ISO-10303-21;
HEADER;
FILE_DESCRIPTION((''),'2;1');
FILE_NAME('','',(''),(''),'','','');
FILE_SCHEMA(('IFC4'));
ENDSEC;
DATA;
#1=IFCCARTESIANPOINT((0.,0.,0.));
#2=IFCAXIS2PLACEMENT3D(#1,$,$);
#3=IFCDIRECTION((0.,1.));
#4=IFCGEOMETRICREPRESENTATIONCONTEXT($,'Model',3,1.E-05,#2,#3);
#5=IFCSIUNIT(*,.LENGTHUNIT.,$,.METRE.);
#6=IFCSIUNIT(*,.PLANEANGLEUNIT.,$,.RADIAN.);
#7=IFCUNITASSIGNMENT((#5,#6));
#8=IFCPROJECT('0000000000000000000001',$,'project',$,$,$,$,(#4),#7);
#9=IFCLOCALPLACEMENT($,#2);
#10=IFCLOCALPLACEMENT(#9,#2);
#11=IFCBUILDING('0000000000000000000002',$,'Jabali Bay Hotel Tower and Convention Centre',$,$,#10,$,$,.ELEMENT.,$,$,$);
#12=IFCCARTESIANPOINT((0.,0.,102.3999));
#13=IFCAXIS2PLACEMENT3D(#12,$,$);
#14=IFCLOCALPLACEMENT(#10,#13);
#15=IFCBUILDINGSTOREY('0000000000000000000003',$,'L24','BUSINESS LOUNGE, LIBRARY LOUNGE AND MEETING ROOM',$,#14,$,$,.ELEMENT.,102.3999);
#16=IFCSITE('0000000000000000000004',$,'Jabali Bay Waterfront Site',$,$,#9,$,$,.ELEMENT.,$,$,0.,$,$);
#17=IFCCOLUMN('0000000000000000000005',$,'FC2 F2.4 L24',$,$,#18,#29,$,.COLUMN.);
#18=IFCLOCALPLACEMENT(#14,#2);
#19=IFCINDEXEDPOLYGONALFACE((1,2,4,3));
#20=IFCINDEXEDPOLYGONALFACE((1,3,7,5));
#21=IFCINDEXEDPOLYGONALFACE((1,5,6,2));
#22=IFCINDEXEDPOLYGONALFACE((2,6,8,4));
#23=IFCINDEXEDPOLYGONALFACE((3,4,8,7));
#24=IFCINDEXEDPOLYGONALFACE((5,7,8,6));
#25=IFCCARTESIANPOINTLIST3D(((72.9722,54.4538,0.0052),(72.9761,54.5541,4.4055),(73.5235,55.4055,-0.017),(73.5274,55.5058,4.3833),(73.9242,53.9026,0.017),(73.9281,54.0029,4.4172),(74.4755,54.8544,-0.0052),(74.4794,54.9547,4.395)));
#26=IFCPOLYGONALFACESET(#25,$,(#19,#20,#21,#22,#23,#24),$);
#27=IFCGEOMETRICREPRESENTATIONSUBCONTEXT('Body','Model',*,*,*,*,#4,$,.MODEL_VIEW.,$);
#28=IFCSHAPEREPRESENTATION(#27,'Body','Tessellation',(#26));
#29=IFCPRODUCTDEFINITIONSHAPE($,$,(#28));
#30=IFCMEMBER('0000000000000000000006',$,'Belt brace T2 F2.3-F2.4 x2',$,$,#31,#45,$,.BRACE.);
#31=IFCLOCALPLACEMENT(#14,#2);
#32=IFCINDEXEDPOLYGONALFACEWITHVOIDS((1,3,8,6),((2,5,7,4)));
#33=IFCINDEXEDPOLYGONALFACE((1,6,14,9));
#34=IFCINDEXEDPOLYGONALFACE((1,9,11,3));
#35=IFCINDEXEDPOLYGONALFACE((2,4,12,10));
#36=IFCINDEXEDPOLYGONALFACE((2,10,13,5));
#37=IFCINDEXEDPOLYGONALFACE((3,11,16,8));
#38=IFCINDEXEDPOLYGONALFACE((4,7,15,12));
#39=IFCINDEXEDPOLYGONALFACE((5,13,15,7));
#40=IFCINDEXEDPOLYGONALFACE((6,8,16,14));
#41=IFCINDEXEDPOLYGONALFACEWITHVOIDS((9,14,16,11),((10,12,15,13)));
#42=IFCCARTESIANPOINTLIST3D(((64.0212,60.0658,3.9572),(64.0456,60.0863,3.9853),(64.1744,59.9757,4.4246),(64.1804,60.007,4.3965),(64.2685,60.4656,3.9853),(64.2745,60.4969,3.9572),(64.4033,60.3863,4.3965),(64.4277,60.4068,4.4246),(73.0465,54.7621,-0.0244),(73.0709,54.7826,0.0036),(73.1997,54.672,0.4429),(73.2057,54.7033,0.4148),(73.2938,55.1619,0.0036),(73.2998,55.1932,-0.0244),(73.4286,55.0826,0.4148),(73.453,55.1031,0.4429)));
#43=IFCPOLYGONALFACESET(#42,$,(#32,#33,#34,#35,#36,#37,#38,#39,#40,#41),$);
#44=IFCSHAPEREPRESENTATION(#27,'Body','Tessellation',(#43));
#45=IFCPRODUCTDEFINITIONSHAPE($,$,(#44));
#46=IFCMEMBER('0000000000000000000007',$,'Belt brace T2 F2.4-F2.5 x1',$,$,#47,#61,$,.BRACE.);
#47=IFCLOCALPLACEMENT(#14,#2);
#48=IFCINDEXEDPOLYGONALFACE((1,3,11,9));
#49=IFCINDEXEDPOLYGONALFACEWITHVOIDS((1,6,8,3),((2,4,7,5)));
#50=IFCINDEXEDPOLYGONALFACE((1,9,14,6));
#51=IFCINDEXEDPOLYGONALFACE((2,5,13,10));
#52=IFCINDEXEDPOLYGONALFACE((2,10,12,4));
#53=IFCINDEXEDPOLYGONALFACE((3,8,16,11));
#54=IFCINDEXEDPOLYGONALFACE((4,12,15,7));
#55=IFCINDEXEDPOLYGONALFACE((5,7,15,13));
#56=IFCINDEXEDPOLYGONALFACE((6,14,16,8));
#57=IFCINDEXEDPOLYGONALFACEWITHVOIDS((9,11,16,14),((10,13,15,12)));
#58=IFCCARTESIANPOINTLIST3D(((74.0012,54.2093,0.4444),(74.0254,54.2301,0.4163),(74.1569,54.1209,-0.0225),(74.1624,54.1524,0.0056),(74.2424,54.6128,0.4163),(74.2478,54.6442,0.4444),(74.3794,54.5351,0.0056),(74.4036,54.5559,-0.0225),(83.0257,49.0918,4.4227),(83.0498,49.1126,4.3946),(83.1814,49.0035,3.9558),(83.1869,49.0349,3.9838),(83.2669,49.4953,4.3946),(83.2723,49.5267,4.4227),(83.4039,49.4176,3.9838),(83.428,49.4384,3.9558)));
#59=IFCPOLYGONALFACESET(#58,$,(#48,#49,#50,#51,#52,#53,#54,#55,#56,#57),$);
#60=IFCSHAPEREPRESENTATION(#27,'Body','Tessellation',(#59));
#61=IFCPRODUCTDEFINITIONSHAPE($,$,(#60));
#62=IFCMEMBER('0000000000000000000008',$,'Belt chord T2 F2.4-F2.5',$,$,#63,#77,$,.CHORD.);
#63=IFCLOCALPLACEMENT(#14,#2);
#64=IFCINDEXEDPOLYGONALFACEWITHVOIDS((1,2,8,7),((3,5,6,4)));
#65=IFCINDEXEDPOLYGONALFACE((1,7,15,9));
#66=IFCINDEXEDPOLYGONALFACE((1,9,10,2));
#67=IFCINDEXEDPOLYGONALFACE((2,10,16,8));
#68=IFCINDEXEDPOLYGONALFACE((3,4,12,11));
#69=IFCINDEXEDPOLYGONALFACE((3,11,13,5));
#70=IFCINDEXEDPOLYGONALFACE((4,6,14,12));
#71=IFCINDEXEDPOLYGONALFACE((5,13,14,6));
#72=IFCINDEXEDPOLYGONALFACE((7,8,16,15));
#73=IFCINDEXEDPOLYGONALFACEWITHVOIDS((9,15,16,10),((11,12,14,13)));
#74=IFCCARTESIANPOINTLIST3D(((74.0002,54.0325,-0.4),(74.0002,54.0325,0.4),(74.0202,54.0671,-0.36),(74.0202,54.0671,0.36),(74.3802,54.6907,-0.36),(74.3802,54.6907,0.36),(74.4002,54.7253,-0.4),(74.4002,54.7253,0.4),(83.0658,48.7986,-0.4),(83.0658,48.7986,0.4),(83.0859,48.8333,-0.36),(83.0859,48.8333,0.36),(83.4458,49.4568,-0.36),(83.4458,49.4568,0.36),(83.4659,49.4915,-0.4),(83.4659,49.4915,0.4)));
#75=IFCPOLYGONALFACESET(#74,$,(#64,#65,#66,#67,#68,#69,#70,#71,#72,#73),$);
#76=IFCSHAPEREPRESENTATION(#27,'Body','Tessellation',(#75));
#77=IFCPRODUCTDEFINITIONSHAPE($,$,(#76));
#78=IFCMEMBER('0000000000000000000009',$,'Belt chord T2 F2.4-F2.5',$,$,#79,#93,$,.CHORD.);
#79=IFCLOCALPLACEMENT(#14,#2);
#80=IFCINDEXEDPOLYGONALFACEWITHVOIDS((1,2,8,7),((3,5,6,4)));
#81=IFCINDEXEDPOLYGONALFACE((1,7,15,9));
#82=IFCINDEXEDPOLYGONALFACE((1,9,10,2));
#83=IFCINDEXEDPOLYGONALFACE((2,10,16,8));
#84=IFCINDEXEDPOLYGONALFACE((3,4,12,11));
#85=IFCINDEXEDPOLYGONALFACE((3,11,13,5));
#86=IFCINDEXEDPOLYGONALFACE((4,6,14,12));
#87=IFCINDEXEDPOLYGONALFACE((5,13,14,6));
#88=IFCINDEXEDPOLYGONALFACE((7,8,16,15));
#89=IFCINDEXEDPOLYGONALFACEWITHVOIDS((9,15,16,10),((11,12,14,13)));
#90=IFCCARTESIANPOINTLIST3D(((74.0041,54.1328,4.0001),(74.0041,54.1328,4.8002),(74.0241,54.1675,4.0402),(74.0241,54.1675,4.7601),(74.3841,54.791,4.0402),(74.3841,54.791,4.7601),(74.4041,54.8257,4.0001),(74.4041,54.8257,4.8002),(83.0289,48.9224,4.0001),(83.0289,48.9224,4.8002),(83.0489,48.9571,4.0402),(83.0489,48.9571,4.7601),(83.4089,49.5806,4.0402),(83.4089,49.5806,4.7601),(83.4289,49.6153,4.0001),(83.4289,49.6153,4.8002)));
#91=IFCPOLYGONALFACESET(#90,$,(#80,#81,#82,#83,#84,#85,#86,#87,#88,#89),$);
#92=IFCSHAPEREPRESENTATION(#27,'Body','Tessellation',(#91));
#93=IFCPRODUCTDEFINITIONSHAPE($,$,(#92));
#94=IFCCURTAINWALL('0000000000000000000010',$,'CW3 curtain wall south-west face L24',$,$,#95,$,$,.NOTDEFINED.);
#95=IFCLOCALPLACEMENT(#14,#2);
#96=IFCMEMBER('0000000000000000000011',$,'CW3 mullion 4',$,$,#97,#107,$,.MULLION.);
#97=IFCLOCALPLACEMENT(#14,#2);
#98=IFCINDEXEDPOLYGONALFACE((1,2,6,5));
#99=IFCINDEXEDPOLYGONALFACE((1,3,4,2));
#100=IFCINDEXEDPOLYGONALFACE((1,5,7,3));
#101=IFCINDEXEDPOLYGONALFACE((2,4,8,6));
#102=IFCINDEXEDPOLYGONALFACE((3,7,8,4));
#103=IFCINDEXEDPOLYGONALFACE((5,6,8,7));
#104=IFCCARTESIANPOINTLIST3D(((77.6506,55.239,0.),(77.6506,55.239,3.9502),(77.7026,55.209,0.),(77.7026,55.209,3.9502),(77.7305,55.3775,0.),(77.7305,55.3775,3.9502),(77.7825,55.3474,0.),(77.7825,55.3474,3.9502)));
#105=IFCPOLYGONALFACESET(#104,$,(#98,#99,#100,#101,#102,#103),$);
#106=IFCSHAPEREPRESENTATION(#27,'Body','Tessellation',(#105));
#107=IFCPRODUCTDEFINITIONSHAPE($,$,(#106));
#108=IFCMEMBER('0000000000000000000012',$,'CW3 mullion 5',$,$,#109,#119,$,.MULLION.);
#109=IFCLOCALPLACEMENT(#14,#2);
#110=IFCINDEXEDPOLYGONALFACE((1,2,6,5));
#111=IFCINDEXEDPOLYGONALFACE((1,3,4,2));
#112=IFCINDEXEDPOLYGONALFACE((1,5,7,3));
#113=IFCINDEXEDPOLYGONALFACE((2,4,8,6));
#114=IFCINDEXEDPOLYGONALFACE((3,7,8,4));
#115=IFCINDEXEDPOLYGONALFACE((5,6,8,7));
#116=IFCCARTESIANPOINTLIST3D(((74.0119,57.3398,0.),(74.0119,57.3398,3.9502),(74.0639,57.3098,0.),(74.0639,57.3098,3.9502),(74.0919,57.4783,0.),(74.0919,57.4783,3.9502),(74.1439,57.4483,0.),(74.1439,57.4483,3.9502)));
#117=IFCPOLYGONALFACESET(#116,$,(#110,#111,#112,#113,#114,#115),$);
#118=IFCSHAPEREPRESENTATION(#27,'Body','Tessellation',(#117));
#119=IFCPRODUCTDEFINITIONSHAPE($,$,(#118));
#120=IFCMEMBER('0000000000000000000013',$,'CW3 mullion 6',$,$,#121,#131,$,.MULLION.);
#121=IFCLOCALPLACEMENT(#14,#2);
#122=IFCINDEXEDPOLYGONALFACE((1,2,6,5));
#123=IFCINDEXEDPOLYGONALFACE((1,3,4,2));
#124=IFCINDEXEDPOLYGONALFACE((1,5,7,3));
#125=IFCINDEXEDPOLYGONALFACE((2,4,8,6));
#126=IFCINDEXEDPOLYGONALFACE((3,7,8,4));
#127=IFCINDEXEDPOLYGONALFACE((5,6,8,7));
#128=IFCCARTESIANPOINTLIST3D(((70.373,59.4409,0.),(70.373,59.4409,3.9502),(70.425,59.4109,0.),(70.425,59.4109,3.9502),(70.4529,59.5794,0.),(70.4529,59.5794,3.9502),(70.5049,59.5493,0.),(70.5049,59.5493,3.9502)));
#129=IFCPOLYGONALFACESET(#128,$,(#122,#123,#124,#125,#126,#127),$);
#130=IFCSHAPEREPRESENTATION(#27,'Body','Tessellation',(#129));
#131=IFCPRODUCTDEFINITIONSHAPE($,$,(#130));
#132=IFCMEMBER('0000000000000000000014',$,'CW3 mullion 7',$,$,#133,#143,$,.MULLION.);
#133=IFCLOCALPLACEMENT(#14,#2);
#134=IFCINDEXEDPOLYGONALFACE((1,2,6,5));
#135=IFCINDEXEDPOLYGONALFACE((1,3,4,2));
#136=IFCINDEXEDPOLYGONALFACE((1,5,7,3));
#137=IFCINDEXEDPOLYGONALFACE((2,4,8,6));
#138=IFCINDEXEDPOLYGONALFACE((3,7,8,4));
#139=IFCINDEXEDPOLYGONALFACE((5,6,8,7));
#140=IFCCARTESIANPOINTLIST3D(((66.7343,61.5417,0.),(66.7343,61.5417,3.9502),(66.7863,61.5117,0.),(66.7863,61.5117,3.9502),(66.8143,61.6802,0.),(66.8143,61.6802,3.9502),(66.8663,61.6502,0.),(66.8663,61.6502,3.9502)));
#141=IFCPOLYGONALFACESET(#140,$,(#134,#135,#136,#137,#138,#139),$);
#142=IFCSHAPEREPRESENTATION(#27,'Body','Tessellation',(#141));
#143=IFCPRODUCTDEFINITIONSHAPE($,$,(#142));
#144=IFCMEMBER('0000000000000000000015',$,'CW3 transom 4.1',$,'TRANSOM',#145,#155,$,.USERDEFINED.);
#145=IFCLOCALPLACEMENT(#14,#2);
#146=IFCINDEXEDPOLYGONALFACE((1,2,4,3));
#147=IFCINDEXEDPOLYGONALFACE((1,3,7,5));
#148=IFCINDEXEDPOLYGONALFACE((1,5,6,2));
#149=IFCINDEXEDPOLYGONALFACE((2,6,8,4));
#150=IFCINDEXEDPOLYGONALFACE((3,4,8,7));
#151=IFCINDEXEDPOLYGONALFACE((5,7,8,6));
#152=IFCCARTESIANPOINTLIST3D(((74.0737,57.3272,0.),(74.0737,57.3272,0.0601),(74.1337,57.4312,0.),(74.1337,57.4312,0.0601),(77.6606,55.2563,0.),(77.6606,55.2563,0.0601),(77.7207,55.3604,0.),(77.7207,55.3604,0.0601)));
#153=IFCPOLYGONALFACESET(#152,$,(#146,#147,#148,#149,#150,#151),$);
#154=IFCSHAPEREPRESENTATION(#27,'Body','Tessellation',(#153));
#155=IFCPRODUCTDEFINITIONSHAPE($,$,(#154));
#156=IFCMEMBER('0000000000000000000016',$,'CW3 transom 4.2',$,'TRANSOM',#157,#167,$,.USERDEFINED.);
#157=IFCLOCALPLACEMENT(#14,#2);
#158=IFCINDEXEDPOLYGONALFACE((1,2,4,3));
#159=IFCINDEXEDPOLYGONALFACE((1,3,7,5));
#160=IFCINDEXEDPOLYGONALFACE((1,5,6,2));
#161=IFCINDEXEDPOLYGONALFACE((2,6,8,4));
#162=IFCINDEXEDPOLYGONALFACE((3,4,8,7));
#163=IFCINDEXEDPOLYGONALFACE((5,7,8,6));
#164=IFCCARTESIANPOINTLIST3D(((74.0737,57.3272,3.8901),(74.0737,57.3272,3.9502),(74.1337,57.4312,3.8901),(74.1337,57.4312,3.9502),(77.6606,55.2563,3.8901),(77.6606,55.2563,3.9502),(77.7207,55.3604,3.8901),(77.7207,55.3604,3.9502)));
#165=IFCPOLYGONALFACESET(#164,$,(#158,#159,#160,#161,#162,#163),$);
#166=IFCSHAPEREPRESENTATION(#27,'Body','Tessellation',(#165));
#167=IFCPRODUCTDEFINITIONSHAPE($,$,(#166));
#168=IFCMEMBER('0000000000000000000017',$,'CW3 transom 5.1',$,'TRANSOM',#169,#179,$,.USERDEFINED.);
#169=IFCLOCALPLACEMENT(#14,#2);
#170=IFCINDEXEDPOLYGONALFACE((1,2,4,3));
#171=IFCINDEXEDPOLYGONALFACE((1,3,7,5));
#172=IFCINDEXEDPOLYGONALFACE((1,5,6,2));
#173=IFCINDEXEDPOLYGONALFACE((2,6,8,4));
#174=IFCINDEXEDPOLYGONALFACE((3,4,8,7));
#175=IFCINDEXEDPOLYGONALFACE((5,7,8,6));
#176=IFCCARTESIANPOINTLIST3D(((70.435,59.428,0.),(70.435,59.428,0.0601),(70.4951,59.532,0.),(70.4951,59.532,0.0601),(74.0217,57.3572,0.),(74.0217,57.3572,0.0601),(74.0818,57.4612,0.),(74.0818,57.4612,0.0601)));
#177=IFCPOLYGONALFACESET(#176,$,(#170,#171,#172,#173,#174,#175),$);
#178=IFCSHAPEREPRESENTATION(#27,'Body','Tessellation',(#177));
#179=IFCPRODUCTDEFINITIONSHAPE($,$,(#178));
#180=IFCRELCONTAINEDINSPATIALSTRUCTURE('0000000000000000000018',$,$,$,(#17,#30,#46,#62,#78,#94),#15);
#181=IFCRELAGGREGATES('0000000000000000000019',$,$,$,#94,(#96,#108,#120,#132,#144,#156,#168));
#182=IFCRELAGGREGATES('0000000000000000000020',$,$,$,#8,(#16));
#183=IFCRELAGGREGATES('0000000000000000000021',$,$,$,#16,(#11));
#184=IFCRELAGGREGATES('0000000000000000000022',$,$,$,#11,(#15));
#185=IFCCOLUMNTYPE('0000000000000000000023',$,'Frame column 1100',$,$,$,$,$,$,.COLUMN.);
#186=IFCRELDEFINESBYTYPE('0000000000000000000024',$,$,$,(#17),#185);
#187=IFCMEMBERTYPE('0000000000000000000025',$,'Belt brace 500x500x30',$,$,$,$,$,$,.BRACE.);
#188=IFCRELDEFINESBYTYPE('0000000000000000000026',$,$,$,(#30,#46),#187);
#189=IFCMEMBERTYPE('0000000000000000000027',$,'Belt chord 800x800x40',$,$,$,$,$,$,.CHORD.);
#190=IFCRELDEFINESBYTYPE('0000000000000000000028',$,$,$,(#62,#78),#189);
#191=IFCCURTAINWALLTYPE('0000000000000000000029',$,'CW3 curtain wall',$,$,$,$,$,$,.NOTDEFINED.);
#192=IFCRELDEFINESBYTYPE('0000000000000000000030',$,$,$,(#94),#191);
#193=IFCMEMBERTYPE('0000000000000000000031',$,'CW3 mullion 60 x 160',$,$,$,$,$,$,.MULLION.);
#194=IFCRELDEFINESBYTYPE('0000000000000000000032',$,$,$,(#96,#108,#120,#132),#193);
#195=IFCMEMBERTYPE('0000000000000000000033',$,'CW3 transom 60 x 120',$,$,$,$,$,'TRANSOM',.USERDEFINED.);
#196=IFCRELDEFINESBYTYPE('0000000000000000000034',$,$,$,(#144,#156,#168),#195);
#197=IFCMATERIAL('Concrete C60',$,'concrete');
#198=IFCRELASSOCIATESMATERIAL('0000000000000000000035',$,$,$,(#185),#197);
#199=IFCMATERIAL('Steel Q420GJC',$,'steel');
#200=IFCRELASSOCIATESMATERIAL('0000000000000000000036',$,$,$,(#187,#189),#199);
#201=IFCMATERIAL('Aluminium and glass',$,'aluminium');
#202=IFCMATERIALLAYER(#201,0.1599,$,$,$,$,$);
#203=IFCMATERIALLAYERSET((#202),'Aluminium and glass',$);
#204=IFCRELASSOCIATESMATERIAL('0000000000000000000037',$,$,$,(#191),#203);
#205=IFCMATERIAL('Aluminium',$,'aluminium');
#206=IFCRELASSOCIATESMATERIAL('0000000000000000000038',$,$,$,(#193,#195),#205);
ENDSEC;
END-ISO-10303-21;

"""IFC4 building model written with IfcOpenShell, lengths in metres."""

from ifc_helpers import new_model, si_unit, direction, frame, origin, origin_2d, place, context, subcontext, project, spatial, rectangle, hollow_rectangle, extrude, material, layer, layer_set, material_profile, profile_set, type_object, element, aggregate, save


model = new_model("IFC4")

# Units and contexts
model_context = context("Model", 3, precision=1e-05, world=origin(), true_north=direction((0.0, 1.0)))
body_context = subcontext(model_context, "Body", "Model", "MODEL_VIEW")
ifc_project = project(units=[si_unit("LENGTHUNIT", "METRE"), si_unit("PLANEANGLEUNIT", "RADIAN")], contexts=[model_context])

# Site, building, storey
site_placement = place(None, origin())
site = spatial("IfcSite", under=ifc_project, at=site_placement, Name="Jabali Bay Waterfront Site", CompositionType="ELEMENT", RefElevation=0.0)
building_placement = place(site_placement, origin())
building = spatial("IfcBuilding", under=site, at=building_placement, Name="Jabali Bay Hotel Tower and Convention Centre", CompositionType="ELEMENT")
storey_placement = place(building_placement, frame((0.0, 0.0, 102.3999)))
storey = spatial("IfcBuildingStorey", under=building, at=storey_placement, Name="L24", Description="BUSINESS LOUNGE, LIBRARY LOUNGE AND MEETING ROOM", CompositionType="ELEMENT", Elevation=102.3999)

# Column
ifc_material_1 = material(Name="Concrete C60", Category="concrete")
ifc_material_profile_1 = material_profile(ifc_material_1, rectangle(XDim=1.1001, YDim=1.1001, at=origin_2d()), Name="Frame column 1100")
ifc_profile_set_1 = profile_set([ifc_material_profile_1], Name="Concrete C60")
column_type = type_object("IfcColumnType", Name="Frame column 1100", PredefinedType="COLUMN", material=ifc_profile_set_1)
column_placement = place(storey_placement, frame((73.7239, 54.6541, 0.0), z_axis=(0.000888, 0.022798, 0.99974), x_axis=(-0.501113, -0.865147, 0.020174)))
element("IfcColumn", 1, at=column_placement, inside=storey, type_object=column_type, Name="FC2 F2.4 L24", PredefinedType="COLUMN", context=body_context, shape_type="SweptSolid", body=[
    extrude(rectangle(XDim=1.1001, YDim=1.1001, at=origin_2d()), origin(), (0.0, 0.0, 1.0), 4.4014),
])

# Members
ifc_material_2 = material(Name="Steel Q420GJC", Category="steel")
ifc_material_profile_2 = material_profile(ifc_material_2, hollow_rectangle(XDim=0.5, YDim=0.5, WallThickness=0.03, at=origin_2d()), Name="Belt brace 500x500x30")
ifc_profile_set_2 = profile_set([ifc_material_profile_2], Name="Steel Q420GJC")
member_type_1 = type_object("IfcMemberType", Name="Belt brace 500x500x30", PredefinedType="BRACE", material=ifc_profile_set_2)
member_1_placement = place(storey_placement, frame((73.2498, 54.9326, 0.2092), z_axis=(-0.805836, 0.473544, 0.355507), x_axis=(-0.506641, -0.862157, 0.0)))
element("IfcMember", 2, at=member_1_placement, inside=storey, type_object=member_type_1, Name="Belt brace T2 F2.3-F2.4 x2", PredefinedType="BRACE", context=body_context, shape_type="SweptSolid", body=[
    extrude(hollow_rectangle(XDim=0.5, YDim=0.5, WallThickness=0.03, at=origin_2d()), origin(), (0.0, 0.0, 1.0), 11.2),
])
member_2_placement = place(storey_placement, frame((74.2024, 54.3826, 0.2109), z_axis=(0.812204, -0.460573, 0.358047), x_axis=(0.493275, 0.869873, 0.0)))
element("IfcMember", 3, at=member_2_placement, inside=storey, type_object=member_type_1, Name="Belt brace T2 F2.4-F2.5 x1", PredefinedType="BRACE", context=body_context, shape_type="SweptSolid", body=[
    extrude(hollow_rectangle(XDim=0.5, YDim=0.5, WallThickness=0.03, at=origin_2d()), origin(), (0.0, 0.0, 1.0), 11.1111),
])
ifc_material_profile_3 = material_profile(ifc_material_2, hollow_rectangle(XDim=0.8, YDim=0.8, WallThickness=0.04, at=origin_2d()), Name="Belt chord 800x800x40")
ifc_profile_set_3 = profile_set([ifc_material_profile_3], Name="Steel Q420GJC")
member_type_2 = type_object("IfcMemberType", Name="Belt chord 800x800x40", PredefinedType="CHORD", material=ifc_profile_set_3)
member_3_placement = place(storey_placement, frame((74.2002, 54.3789, 0.0), z_axis=(0.866033, -0.499987, 0.0), x_axis=(0.499987, 0.866033, 0.0)))
element("IfcMember", 4, at=member_3_placement, inside=storey, type_object=member_type_2, Name="Belt chord T2 F2.4-F2.5", PredefinedType="CHORD", context=body_context, shape_type="SweptSolid", body=[
    extrude(hollow_rectangle(XDim=0.8, YDim=0.8, WallThickness=0.04, at=origin_2d()), origin(), (0.0, 0.0, 1.0), 10.468),
])
member_4_placement = place(storey_placement, frame((74.2041, 54.4792, 4.4001), z_axis=(0.866029, -0.499994, 0.0), x_axis=(0.499994, 0.866029, 0.0)))
element("IfcMember", 5, at=member_4_placement, inside=storey, type_object=member_type_2, Name="Belt chord T2 F2.4-F2.5", PredefinedType="CHORD", context=body_context, shape_type="SweptSolid", body=[
    extrude(hollow_rectangle(XDim=0.8, YDim=0.8, WallThickness=0.04, at=origin_2d()), origin(), (0.0, 0.0, 1.0), 10.4209),
])

# Curtain wall, members
ifc_material_3 = material(Name="Aluminium and glass", Category="aluminium")
ifc_layer_1 = layer(ifc_material_3, 0.1599)
ifc_layer_set_1 = layer_set([ifc_layer_1], Name="Aluminium and glass")
curtain_wall_type = type_object("IfcCurtainWallType", Name="CW3 curtain wall", PredefinedType="NOTDEFINED", material=ifc_layer_set_1)
curtain_wall_placement = place(storey_placement, origin())
curtain_wall = element("IfcCurtainWall", 6, at=curtain_wall_placement, inside=storey, type_object=curtain_wall_type, Name="CW3 curtain wall south-west face L24", PredefinedType="NOTDEFINED")
ifc_material_4 = material(Name="Aluminium", Category="aluminium")
ifc_material_profile_4 = material_profile(ifc_material_4, rectangle(XDim=0.1599, YDim=0.0601, at=origin_2d()), Name="CW3 mullion 60 x 160")
ifc_profile_set_4 = profile_set([ifc_material_profile_4], Name="Aluminium")
member_type_3 = type_object("IfcMemberType", Name="CW3 mullion 60 x 160", PredefinedType="MULLION", material=ifc_profile_set_4)
member_5_placement = place(storey_placement, frame((77.7166, 55.2932, 0.0), z_axis=(0.0, 0.0, 1.0), x_axis=(-0.5, -0.866025, 0.0)))
member_5 = element("IfcMember", 7, at=member_5_placement, type_object=member_type_3, Name="CW3 mullion 4", PredefinedType="MULLION", context=body_context, shape_type="SweptSolid", body=[
    extrude(rectangle(XDim=0.1599, YDim=0.0601, at=origin_2d()), origin(), (0.0, 0.0, 1.0), 3.9502),
])
member_6_placement = place(storey_placement, frame((74.0779, 57.394, 0.0), z_axis=(0.0, 0.0, 1.0), x_axis=(-0.5, -0.866025, 0.0)))
member_6 = element("IfcMember", 8, at=member_6_placement, type_object=member_type_3, Name="CW3 mullion 5", PredefinedType="MULLION", context=body_context, shape_type="SweptSolid", body=[
    extrude(rectangle(XDim=0.1599, YDim=0.0601, at=origin_2d()), origin(), (0.0, 0.0, 1.0), 3.9502),
])
member_7_placement = place(storey_placement, frame((70.439, 59.4951, 0.0), z_axis=(0.0, 0.0, 1.0), x_axis=(-0.5, -0.866025, 0.0)))
member_7 = element("IfcMember", 9, at=member_7_placement, type_object=member_type_3, Name="CW3 mullion 6", PredefinedType="MULLION", context=body_context, shape_type="SweptSolid", body=[
    extrude(rectangle(XDim=0.1599, YDim=0.0601, at=origin_2d()), origin(), (0.0, 0.0, 1.0), 3.9502),
])
member_8_placement = place(storey_placement, frame((66.8003, 61.5959, 0.0), z_axis=(0.0, 0.0, 1.0), x_axis=(-0.5, -0.866025, 0.0)))
member_8 = element("IfcMember", 10, at=member_8_placement, type_object=member_type_3, Name="CW3 mullion 7", PredefinedType="MULLION", context=body_context, shape_type="SweptSolid", body=[
    extrude(rectangle(XDim=0.1599, YDim=0.0601, at=origin_2d()), origin(), (0.0, 0.0, 1.0), 3.9502),
])
ifc_material_profile_5 = material_profile(ifc_material_4, rectangle(XDim=0.1201, YDim=0.0601, at=origin_2d()), Name="CW3 transom 60 x 120")
ifc_profile_set_5 = profile_set([ifc_material_profile_5], Name="Aluminium")
member_type_4 = type_object("IfcMemberType", Name="CW3 transom 60 x 120", ElementType="TRANSOM", PredefinedType="USERDEFINED", material=ifc_profile_set_5)
member_9_placement = place(storey_placement, frame((77.6907, 55.3083, 0.03), z_axis=(-0.866036, 0.499981, 0.0), x_axis=(-0.499981, -0.866036, 0.0)))
member_9 = element("IfcMember", 11, at=member_9_placement, type_object=member_type_4, Name="CW3 transom 4.1", ObjectType="TRANSOM", PredefinedType="USERDEFINED", context=body_context, shape_type="SweptSolid", body=[
    extrude(rectangle(XDim=0.1201, YDim=0.0601, at=origin_2d()), origin(), (0.0, 0.0, 1.0), 4.1418),
])
member_10_placement = place(storey_placement, frame((77.6907, 55.3083, 3.9202), z_axis=(-0.866036, 0.499981, 0.0), x_axis=(-0.499981, -0.866036, 0.0)))
member_10 = element("IfcMember", 12, at=member_10_placement, type_object=member_type_4, Name="CW3 transom 4.2", ObjectType="TRANSOM", PredefinedType="USERDEFINED", context=body_context, shape_type="SweptSolid", body=[
    extrude(rectangle(XDim=0.1201, YDim=0.0601, at=origin_2d()), origin(), (0.0, 0.0, 1.0), 4.1418),
])
member_11_placement = place(storey_placement, frame((74.0518, 57.4092, 0.03), z_axis=(-0.866022, 0.500007, 0.0), x_axis=(-0.500007, -0.866022, 0.0)))
member_11 = element("IfcMember", 13, at=member_11_placement, type_object=member_type_4, Name="CW3 transom 5.1", ObjectType="TRANSOM", PredefinedType="USERDEFINED", context=body_context, shape_type="SweptSolid", body=[
    extrude(rectangle(XDim=0.1201, YDim=0.0601, at=origin_2d()), origin(), (0.0, 0.0, 1.0), 4.1416),
])
aggregate(curtain_wall, [member_5, member_6, member_7, member_8, member_9, member_10, member_11])

save(model, "model.ifc")
